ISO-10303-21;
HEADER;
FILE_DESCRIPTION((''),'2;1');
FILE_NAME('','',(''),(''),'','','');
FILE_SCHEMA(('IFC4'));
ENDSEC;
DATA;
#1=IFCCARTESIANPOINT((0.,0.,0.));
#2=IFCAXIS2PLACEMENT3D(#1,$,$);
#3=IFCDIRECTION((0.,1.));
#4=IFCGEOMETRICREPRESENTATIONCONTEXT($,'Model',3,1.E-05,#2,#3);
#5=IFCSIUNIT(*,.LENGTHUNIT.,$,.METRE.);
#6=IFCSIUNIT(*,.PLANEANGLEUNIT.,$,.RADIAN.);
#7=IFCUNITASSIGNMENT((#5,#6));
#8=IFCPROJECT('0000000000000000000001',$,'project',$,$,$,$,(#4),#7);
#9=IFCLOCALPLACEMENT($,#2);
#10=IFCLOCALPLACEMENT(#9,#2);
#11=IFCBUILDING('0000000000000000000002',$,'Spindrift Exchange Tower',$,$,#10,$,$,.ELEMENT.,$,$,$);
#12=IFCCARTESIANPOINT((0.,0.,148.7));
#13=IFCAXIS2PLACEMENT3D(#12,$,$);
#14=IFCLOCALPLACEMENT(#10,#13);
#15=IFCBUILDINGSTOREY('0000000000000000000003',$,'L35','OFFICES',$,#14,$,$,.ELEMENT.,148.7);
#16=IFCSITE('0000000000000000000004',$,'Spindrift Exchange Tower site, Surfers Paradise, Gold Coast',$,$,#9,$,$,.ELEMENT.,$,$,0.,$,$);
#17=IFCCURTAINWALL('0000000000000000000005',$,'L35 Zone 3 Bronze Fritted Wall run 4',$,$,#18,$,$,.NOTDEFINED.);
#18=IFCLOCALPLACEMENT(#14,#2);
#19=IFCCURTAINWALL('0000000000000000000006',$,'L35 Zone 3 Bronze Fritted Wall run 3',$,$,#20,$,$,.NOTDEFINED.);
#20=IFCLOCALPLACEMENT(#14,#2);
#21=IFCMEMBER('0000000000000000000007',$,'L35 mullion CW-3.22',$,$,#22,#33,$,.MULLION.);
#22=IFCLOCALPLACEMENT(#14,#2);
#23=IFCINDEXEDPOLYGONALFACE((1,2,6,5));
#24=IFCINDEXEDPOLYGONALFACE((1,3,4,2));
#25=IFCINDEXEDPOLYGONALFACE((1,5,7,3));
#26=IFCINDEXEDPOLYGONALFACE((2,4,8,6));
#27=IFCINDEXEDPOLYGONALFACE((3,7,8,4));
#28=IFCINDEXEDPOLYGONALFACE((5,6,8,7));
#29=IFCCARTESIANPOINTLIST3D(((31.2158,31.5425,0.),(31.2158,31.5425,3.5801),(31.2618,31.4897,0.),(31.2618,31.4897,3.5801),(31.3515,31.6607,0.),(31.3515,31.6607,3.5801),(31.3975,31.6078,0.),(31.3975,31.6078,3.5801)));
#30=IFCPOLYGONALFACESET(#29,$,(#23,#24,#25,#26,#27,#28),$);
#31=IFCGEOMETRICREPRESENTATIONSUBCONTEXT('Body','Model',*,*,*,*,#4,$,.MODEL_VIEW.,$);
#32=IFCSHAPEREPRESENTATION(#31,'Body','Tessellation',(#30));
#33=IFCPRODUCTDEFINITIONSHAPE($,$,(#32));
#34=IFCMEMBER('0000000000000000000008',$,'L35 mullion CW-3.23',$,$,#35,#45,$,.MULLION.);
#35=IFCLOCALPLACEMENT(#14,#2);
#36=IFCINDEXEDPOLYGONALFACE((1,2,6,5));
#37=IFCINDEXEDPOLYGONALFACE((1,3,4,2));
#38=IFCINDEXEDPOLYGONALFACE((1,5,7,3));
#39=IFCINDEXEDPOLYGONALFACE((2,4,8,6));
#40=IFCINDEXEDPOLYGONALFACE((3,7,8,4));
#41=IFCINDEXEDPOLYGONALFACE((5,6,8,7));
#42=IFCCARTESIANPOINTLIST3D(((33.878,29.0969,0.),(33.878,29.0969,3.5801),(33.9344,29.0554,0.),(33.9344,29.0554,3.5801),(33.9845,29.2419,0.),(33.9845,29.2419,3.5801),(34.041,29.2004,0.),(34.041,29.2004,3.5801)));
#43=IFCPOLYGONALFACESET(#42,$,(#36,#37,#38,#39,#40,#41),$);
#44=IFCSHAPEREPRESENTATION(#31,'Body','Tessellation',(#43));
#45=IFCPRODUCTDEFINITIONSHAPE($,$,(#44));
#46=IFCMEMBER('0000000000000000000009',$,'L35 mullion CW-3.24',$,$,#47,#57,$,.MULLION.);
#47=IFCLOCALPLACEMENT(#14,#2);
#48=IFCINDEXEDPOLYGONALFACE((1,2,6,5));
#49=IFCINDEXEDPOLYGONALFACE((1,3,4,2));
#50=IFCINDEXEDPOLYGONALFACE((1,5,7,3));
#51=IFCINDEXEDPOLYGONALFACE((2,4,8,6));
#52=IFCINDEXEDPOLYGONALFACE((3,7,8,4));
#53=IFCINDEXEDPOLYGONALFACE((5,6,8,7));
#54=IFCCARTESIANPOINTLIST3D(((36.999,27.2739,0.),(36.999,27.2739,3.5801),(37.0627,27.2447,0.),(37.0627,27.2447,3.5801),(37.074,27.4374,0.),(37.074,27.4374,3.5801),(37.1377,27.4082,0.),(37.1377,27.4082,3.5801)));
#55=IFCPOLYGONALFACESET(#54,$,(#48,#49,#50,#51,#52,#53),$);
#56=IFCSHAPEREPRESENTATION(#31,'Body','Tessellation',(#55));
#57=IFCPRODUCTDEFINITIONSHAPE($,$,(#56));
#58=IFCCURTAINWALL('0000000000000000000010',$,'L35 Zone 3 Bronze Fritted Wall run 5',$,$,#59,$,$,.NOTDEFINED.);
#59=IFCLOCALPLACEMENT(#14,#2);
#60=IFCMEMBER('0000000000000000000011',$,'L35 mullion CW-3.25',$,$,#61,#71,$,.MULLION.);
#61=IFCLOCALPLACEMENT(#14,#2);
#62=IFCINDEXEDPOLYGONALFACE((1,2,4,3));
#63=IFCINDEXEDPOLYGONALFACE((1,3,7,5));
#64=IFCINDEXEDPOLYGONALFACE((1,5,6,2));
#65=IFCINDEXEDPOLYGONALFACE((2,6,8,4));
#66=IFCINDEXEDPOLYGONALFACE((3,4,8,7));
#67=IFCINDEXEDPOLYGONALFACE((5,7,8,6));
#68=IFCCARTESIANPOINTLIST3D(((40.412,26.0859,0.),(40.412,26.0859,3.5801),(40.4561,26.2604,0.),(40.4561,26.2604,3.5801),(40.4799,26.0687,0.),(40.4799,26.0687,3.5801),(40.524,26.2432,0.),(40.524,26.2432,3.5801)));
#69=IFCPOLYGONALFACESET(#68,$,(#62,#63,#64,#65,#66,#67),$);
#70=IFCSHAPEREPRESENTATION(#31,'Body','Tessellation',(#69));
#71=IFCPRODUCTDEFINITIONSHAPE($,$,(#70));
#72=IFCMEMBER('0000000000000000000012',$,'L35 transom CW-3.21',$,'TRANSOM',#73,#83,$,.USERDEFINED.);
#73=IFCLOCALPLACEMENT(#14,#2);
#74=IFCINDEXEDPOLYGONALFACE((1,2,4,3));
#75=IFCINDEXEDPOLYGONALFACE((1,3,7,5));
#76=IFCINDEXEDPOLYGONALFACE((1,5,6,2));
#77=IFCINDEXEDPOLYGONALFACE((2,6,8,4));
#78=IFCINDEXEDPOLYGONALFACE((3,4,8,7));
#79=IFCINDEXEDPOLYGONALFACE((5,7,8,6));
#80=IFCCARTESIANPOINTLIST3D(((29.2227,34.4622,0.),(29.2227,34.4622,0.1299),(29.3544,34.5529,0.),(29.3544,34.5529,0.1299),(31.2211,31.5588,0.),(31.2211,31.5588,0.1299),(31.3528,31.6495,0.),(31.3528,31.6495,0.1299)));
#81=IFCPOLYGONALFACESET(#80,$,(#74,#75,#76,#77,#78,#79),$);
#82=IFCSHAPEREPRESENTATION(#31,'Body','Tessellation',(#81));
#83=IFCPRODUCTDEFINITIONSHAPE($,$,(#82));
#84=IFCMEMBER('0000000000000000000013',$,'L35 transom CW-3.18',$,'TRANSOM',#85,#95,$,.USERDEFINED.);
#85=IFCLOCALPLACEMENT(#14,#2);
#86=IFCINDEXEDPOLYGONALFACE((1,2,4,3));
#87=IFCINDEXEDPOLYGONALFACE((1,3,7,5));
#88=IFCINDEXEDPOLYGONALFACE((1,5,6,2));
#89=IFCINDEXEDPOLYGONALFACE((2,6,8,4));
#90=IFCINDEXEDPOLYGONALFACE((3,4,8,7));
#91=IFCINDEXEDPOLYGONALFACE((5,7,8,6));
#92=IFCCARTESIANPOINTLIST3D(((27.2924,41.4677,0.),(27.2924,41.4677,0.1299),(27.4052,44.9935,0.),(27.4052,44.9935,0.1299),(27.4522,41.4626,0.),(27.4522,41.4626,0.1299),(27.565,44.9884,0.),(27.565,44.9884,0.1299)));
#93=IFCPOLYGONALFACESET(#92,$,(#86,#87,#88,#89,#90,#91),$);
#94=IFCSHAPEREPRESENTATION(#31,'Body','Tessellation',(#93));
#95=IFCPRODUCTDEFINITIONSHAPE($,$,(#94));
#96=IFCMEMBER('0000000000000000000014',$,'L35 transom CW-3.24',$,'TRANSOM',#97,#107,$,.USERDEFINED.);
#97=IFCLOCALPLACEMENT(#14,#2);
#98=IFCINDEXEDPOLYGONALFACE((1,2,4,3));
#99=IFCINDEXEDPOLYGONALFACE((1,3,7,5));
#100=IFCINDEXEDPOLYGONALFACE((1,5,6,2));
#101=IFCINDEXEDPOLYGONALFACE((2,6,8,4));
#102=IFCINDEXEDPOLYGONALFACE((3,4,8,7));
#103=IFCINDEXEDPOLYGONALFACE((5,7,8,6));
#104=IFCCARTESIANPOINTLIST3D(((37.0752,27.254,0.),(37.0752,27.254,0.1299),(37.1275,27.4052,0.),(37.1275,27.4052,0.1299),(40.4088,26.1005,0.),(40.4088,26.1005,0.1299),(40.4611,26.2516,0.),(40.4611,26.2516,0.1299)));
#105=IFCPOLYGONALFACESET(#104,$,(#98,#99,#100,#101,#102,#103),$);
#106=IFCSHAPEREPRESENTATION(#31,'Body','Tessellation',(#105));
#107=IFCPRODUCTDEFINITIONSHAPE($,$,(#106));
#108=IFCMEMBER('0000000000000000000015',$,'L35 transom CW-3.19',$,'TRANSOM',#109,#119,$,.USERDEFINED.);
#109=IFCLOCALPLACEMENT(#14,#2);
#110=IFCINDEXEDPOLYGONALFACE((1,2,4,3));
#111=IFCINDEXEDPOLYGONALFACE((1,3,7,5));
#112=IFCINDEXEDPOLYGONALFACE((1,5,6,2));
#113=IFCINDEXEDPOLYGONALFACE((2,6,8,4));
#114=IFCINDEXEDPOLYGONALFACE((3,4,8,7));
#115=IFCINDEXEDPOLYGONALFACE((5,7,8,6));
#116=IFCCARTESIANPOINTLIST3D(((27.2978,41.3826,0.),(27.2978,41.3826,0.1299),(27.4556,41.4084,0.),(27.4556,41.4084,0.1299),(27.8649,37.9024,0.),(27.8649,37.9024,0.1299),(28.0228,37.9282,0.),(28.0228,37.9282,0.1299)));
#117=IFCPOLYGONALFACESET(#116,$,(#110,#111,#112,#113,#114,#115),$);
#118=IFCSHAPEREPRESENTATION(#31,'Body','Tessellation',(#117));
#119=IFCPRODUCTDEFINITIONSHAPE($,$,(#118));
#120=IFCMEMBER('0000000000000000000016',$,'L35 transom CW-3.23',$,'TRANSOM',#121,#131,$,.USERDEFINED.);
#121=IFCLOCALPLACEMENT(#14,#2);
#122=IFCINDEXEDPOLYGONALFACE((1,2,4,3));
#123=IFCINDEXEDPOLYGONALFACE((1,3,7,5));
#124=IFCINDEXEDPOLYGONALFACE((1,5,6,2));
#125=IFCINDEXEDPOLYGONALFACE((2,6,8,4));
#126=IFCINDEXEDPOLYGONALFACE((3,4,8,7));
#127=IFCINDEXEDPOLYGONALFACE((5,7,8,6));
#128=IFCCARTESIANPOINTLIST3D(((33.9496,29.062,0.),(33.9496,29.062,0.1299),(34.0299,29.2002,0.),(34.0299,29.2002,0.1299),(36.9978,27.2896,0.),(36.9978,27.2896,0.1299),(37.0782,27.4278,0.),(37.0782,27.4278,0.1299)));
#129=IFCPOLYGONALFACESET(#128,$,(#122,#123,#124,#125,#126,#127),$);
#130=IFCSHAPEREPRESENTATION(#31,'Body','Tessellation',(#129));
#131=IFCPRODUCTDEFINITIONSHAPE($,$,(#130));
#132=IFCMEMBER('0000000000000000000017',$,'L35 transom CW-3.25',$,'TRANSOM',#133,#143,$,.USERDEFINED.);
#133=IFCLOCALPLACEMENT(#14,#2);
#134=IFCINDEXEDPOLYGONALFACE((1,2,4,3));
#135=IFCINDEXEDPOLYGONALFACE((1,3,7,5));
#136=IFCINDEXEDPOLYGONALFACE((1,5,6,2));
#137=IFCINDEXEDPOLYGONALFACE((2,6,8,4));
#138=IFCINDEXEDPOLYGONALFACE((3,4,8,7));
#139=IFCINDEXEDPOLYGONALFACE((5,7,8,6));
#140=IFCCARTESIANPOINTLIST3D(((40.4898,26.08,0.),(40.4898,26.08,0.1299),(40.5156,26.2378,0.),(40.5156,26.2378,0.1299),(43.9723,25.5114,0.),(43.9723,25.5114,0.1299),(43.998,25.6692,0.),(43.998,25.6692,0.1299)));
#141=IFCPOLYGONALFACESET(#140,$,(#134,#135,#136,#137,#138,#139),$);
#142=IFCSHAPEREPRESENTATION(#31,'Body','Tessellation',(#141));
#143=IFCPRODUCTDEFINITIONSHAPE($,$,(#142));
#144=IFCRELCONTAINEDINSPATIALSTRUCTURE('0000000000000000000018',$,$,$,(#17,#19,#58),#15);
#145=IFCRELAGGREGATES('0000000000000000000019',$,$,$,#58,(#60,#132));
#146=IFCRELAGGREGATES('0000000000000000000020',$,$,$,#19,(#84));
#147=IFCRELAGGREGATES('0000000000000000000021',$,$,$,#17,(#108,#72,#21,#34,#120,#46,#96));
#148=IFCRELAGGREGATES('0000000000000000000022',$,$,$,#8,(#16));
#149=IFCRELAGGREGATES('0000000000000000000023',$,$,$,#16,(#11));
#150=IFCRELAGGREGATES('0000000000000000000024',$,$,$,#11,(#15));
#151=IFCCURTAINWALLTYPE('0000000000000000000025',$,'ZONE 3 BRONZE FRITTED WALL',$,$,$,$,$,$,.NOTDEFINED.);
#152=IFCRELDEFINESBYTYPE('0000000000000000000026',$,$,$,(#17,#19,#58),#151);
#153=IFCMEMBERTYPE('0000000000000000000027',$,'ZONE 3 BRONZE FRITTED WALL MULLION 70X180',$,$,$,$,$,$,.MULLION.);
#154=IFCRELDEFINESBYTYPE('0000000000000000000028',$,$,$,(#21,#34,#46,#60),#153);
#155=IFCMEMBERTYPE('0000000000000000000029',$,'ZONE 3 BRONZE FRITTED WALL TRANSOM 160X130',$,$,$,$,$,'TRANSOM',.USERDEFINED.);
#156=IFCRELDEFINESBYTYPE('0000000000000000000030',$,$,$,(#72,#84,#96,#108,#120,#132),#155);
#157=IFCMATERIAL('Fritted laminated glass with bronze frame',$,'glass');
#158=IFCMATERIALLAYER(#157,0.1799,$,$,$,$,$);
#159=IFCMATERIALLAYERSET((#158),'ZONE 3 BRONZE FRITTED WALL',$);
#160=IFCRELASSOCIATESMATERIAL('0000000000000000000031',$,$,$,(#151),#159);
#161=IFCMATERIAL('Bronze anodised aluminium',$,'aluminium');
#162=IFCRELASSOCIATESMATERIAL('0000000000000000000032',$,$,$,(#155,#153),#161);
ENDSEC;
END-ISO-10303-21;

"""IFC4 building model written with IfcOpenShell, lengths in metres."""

from ifc_helpers import new_model, si_unit, direction, frame, origin, origin_2d, place, context, subcontext, project, spatial, rectangle, extrude, source, transform, mapped, material, layer, layer_set, material_profile, profile_set, type_object, element, aggregate, save


model = new_model("IFC4")

# Units and contexts
model_context = context("Model", 3, precision=1e-05, world=origin(), true_north=direction((0.0, 1.0)))
body_context = subcontext(model_context, "Body", "Model", "MODEL_VIEW")
ifc_project = project(units=[si_unit("LENGTHUNIT", "METRE"), si_unit("PLANEANGLEUNIT", "RADIAN")], contexts=[model_context])

# Site, building, storey
site_placement = place(None, origin())
site = spatial("IfcSite", under=ifc_project, at=site_placement, Name="Spindrift Exchange Tower site, Surfers Paradise, Gold Coast", CompositionType="ELEMENT", RefElevation=0.0)
building_placement = place(site_placement, origin())
building = spatial("IfcBuilding", under=site, at=building_placement, Name="Spindrift Exchange Tower", CompositionType="ELEMENT")
storey_placement = place(building_placement, frame((0.0, 0.0, 148.7)))
storey = spatial("IfcBuildingStorey", under=building, at=storey_placement, Name="L35", Description="OFFICES", CompositionType="ELEMENT", Elevation=148.7)

# Curtain wall
ifc_material_1 = material(Name="Fritted laminated glass with bronze frame", Category="glass")
ifc_layer_1 = layer(ifc_material_1, 0.1799)
ifc_layer_set_1 = layer_set([ifc_layer_1], Name="ZONE 3 BRONZE FRITTED WALL")
curtain_wall_type = type_object("IfcCurtainWallType", Name="ZONE 3 BRONZE FRITTED WALL", PredefinedType="NOTDEFINED", material=ifc_layer_set_1)
curtain_wall_1_placement = place(storey_placement, origin())
curtain_wall_1 = element("IfcCurtainWall", 1, at=curtain_wall_1_placement, inside=storey, type_object=curtain_wall_type, Name="L35 Zone 3 Bronze Fritted Wall run 4", PredefinedType="NOTDEFINED")
ifc_material_2 = material(Name="Bronze anodised aluminium", Category="aluminium")
ifc_material_profile_1 = material_profile(ifc_material_2, rectangle(XDim=0.1599, YDim=0.1299, at=origin_2d()), Name="ZONE 3 BRONZE FRITTED WALL TRANSOM 160X130")
ifc_profile_set_1 = profile_set([ifc_material_profile_1], Name="Bronze anodised aluminium")
member_type_1 = type_object("IfcMemberType", Name="ZONE 3 BRONZE FRITTED WALL TRANSOM 160X130", ElementType="TRANSOM", PredefinedType="USERDEFINED", material=ifc_profile_set_1)

# Curtain wall
curtain_wall_2_placement = place(storey_placement, origin())
curtain_wall_2 = element("IfcCurtainWall", 2, at=curtain_wall_2_placement, inside=storey, type_object=curtain_wall_type, Name="L35 Zone 3 Bronze Fritted Wall run 3", PredefinedType="NOTDEFINED")
ifc_material_profile_2 = material_profile(ifc_material_2, rectangle(XDim=0.0701, YDim=0.1799, at=origin_2d()), Name="ZONE 3 BRONZE FRITTED WALL MULLION 70X180")
ifc_profile_set_2 = profile_set([ifc_material_profile_2], Name="Bronze anodised aluminium")
member_type_2 = type_object("IfcMemberType", Name="ZONE 3 BRONZE FRITTED WALL MULLION 70X180", PredefinedType="MULLION", material=ifc_profile_set_2)
shared_shape_1 = source(origin(), body_context, "Body", "SweptSolid", [
    extrude(rectangle(XDim=0.0701, YDim=0.1799, at=origin_2d()), origin(), (0.0, 0.0, 1.0), 3.5801),
])

# Members
member_1_placement = place(storey_placement, frame((31.3066, 31.5752, 0.0), z_axis=(0.0, 0.0, 1.0), x_axis=(0.656645, -0.7542, 0.0)))
member_1 = element("IfcMember", 3, at=member_1_placement, type_object=member_type_2, Name="L35 mullion CW-3.22", PredefinedType="MULLION", context=body_context, shape_type="MappedRepresentation", body=[
    mapped(shared_shape_1, transform((0.0, 0.0, 0.0), scale=1.0)),
])
member_2_placement = place(storey_placement, frame((33.9595, 29.1487, 0.0), z_axis=(0.0, 0.0, 1.0), x_axis=(0.805787, -0.592206, 0.0)))
member_2 = element("IfcMember", 4, at=member_2_placement, type_object=member_type_2, Name="L35 mullion CW-3.23", PredefinedType="MULLION", context=body_context, shape_type="MappedRepresentation", body=[
    mapped(shared_shape_1, transform((0.0, 0.0, 0.0), scale=1.0)),
])
member_3_placement = place(storey_placement, frame((37.0684, 27.3411, 0.0), z_axis=(0.0, 0.0, 1.0), x_axis=(0.908994, -0.416809, 0.0)))
member_3 = element("IfcMember", 5, at=member_3_placement, type_object=member_type_2, Name="L35 mullion CW-3.24", PredefinedType="MULLION", context=body_context, shape_type="MappedRepresentation", body=[
    mapped(shared_shape_1, transform((0.0, 0.0, 0.0), scale=1.0)),
])

# Curtain wall, member
curtain_wall_3_placement = place(storey_placement, origin())
curtain_wall_3 = element("IfcCurtainWall", 6, at=curtain_wall_3_placement, inside=storey, type_object=curtain_wall_type, Name="L35 Zone 3 Bronze Fritted Wall run 5", PredefinedType="NOTDEFINED")
member_4_placement = place(storey_placement, frame((40.468, 26.1646, 0.0), z_axis=(0.0, 0.0, 1.0), x_axis=(0.969531, -0.244968, 0.0)))
member_4 = element("IfcMember", 7, at=member_4_placement, type_object=member_type_2, Name="L35 mullion CW-3.25", PredefinedType="MULLION", context=body_context, shape_type="MappedRepresentation", body=[
    mapped(shared_shape_1, transform((0.0, 0.0, 0.0), scale=1.0)),
])

# Members
shared_shape_2 = source(origin(), body_context, "Body", "SweptSolid", [
    extrude(rectangle(XDim=0.1599, YDim=0.1299, at=origin_2d()), origin(), (0.0, 0.0, 1.0), 3.5247),
])
member_5_placement = place(storey_placement, frame((29.2886, 34.5076, 0.0649), z_axis=(0.566964, -0.823743, 0.0), x_axis=(0.823743, 0.566964, 0.0)))
member_5 = element("IfcMember", 8, at=member_5_placement, type_object=member_type_1, Name="L35 transom CW-3.21", ObjectType="TRANSOM", PredefinedType="USERDEFINED", context=body_context, shape_type="MappedRepresentation", body=[
    mapped(shared_shape_2, transform((0.0, 0.0, 0.0), scale=1.0)),
])
shared_shape_3 = source(origin(), body_context, "Body", "SweptSolid", [
    extrude(rectangle(XDim=0.1599, YDim=0.1299, at=origin_2d()), origin(), (0.0, 0.0, 1.0), 3.5276),
])
member_6_placement = place(storey_placement, frame((27.4851, 44.991, 0.0649), z_axis=(-0.031974, -0.999489, 0.0), x_axis=(0.999489, -0.031974, 0.0)))
member_6 = element("IfcMember", 9, at=member_6_placement, type_object=member_type_1, Name="L35 transom CW-3.18", ObjectType="TRANSOM", PredefinedType="USERDEFINED", context=body_context, shape_type="MappedRepresentation", body=[
    mapped(shared_shape_3, transform((0.0, 0.0, 0.0), scale=1.0)),
])
member_7_placement = place(storey_placement, frame((37.1013, 27.3296, 0.0649), z_axis=(0.945023, -0.327004, 0.0), x_axis=(0.327004, 0.945023, 0.0)))
member_7 = element("IfcMember", 10, at=member_7_placement, type_object=member_type_1, Name="L35 transom CW-3.24", ObjectType="TRANSOM", PredefinedType="USERDEFINED", context=body_context, shape_type="MappedRepresentation", body=[
    mapped(shared_shape_3, transform((0.0, 0.0, 0.0), scale=1.0)),
])
shared_shape_4 = source(origin(), body_context, "Body", "SweptSolid", [
    extrude(rectangle(XDim=0.1599, YDim=0.1299, at=origin_2d()), origin(), (0.0, 0.0, 1.0), 3.5261),
])
member_8_placement = place(storey_placement, frame((27.3767, 41.3955, 0.0649), z_axis=(0.160839, -0.986981, 0.0), x_axis=(0.986981, 0.160839, 0.0)))
member_8 = element("IfcMember", 11, at=member_8_placement, type_object=member_type_1, Name="L35 transom CW-3.19", ObjectType="TRANSOM", PredefinedType="USERDEFINED", context=body_context, shape_type="MappedRepresentation", body=[
    mapped(shared_shape_4, transform((0.0, 0.0, 0.0), scale=1.0)),
])
member_9_placement = place(storey_placement, frame((33.9897, 29.1311, 0.0649), z_axis=(0.864486, -0.502657, 0.0), x_axis=(0.502657, 0.864486, 0.0)))
member_9 = element("IfcMember", 12, at=member_9_placement, type_object=member_type_1, Name="L35 transom CW-3.23", ObjectType="TRANSOM", PredefinedType="USERDEFINED", context=body_context, shape_type="MappedRepresentation", body=[
    mapped(shared_shape_4, transform((0.0, 0.0, 0.0), scale=1.0)),
])
shared_shape_5 = source(origin(), body_context, "Body", "SweptSolid", [
    extrude(rectangle(XDim=0.1599, YDim=0.1299, at=origin_2d()), origin(), (0.0, 0.0, 1.0), 3.5286),
])
member_10_placement = place(storey_placement, frame((40.5027, 26.1589, 0.0649), z_axis=(0.986931, -0.161144, 0.0), x_axis=(0.161144, 0.986931, 0.0)))
member_10 = element("IfcMember", 13, at=member_10_placement, type_object=member_type_1, Name="L35 transom CW-3.25", ObjectType="TRANSOM", PredefinedType="USERDEFINED", context=body_context, shape_type="MappedRepresentation", body=[
    mapped(shared_shape_5, transform((0.0, 0.0, 0.0), scale=1.0)),
])
aggregate(curtain_wall_3, [member_4, member_10])

aggregate(curtain_wall_2, [member_6])
aggregate(curtain_wall_1, [member_8, member_5, member_1, member_2, member_9, member_3, member_7])

save(model, "model.ifc")
